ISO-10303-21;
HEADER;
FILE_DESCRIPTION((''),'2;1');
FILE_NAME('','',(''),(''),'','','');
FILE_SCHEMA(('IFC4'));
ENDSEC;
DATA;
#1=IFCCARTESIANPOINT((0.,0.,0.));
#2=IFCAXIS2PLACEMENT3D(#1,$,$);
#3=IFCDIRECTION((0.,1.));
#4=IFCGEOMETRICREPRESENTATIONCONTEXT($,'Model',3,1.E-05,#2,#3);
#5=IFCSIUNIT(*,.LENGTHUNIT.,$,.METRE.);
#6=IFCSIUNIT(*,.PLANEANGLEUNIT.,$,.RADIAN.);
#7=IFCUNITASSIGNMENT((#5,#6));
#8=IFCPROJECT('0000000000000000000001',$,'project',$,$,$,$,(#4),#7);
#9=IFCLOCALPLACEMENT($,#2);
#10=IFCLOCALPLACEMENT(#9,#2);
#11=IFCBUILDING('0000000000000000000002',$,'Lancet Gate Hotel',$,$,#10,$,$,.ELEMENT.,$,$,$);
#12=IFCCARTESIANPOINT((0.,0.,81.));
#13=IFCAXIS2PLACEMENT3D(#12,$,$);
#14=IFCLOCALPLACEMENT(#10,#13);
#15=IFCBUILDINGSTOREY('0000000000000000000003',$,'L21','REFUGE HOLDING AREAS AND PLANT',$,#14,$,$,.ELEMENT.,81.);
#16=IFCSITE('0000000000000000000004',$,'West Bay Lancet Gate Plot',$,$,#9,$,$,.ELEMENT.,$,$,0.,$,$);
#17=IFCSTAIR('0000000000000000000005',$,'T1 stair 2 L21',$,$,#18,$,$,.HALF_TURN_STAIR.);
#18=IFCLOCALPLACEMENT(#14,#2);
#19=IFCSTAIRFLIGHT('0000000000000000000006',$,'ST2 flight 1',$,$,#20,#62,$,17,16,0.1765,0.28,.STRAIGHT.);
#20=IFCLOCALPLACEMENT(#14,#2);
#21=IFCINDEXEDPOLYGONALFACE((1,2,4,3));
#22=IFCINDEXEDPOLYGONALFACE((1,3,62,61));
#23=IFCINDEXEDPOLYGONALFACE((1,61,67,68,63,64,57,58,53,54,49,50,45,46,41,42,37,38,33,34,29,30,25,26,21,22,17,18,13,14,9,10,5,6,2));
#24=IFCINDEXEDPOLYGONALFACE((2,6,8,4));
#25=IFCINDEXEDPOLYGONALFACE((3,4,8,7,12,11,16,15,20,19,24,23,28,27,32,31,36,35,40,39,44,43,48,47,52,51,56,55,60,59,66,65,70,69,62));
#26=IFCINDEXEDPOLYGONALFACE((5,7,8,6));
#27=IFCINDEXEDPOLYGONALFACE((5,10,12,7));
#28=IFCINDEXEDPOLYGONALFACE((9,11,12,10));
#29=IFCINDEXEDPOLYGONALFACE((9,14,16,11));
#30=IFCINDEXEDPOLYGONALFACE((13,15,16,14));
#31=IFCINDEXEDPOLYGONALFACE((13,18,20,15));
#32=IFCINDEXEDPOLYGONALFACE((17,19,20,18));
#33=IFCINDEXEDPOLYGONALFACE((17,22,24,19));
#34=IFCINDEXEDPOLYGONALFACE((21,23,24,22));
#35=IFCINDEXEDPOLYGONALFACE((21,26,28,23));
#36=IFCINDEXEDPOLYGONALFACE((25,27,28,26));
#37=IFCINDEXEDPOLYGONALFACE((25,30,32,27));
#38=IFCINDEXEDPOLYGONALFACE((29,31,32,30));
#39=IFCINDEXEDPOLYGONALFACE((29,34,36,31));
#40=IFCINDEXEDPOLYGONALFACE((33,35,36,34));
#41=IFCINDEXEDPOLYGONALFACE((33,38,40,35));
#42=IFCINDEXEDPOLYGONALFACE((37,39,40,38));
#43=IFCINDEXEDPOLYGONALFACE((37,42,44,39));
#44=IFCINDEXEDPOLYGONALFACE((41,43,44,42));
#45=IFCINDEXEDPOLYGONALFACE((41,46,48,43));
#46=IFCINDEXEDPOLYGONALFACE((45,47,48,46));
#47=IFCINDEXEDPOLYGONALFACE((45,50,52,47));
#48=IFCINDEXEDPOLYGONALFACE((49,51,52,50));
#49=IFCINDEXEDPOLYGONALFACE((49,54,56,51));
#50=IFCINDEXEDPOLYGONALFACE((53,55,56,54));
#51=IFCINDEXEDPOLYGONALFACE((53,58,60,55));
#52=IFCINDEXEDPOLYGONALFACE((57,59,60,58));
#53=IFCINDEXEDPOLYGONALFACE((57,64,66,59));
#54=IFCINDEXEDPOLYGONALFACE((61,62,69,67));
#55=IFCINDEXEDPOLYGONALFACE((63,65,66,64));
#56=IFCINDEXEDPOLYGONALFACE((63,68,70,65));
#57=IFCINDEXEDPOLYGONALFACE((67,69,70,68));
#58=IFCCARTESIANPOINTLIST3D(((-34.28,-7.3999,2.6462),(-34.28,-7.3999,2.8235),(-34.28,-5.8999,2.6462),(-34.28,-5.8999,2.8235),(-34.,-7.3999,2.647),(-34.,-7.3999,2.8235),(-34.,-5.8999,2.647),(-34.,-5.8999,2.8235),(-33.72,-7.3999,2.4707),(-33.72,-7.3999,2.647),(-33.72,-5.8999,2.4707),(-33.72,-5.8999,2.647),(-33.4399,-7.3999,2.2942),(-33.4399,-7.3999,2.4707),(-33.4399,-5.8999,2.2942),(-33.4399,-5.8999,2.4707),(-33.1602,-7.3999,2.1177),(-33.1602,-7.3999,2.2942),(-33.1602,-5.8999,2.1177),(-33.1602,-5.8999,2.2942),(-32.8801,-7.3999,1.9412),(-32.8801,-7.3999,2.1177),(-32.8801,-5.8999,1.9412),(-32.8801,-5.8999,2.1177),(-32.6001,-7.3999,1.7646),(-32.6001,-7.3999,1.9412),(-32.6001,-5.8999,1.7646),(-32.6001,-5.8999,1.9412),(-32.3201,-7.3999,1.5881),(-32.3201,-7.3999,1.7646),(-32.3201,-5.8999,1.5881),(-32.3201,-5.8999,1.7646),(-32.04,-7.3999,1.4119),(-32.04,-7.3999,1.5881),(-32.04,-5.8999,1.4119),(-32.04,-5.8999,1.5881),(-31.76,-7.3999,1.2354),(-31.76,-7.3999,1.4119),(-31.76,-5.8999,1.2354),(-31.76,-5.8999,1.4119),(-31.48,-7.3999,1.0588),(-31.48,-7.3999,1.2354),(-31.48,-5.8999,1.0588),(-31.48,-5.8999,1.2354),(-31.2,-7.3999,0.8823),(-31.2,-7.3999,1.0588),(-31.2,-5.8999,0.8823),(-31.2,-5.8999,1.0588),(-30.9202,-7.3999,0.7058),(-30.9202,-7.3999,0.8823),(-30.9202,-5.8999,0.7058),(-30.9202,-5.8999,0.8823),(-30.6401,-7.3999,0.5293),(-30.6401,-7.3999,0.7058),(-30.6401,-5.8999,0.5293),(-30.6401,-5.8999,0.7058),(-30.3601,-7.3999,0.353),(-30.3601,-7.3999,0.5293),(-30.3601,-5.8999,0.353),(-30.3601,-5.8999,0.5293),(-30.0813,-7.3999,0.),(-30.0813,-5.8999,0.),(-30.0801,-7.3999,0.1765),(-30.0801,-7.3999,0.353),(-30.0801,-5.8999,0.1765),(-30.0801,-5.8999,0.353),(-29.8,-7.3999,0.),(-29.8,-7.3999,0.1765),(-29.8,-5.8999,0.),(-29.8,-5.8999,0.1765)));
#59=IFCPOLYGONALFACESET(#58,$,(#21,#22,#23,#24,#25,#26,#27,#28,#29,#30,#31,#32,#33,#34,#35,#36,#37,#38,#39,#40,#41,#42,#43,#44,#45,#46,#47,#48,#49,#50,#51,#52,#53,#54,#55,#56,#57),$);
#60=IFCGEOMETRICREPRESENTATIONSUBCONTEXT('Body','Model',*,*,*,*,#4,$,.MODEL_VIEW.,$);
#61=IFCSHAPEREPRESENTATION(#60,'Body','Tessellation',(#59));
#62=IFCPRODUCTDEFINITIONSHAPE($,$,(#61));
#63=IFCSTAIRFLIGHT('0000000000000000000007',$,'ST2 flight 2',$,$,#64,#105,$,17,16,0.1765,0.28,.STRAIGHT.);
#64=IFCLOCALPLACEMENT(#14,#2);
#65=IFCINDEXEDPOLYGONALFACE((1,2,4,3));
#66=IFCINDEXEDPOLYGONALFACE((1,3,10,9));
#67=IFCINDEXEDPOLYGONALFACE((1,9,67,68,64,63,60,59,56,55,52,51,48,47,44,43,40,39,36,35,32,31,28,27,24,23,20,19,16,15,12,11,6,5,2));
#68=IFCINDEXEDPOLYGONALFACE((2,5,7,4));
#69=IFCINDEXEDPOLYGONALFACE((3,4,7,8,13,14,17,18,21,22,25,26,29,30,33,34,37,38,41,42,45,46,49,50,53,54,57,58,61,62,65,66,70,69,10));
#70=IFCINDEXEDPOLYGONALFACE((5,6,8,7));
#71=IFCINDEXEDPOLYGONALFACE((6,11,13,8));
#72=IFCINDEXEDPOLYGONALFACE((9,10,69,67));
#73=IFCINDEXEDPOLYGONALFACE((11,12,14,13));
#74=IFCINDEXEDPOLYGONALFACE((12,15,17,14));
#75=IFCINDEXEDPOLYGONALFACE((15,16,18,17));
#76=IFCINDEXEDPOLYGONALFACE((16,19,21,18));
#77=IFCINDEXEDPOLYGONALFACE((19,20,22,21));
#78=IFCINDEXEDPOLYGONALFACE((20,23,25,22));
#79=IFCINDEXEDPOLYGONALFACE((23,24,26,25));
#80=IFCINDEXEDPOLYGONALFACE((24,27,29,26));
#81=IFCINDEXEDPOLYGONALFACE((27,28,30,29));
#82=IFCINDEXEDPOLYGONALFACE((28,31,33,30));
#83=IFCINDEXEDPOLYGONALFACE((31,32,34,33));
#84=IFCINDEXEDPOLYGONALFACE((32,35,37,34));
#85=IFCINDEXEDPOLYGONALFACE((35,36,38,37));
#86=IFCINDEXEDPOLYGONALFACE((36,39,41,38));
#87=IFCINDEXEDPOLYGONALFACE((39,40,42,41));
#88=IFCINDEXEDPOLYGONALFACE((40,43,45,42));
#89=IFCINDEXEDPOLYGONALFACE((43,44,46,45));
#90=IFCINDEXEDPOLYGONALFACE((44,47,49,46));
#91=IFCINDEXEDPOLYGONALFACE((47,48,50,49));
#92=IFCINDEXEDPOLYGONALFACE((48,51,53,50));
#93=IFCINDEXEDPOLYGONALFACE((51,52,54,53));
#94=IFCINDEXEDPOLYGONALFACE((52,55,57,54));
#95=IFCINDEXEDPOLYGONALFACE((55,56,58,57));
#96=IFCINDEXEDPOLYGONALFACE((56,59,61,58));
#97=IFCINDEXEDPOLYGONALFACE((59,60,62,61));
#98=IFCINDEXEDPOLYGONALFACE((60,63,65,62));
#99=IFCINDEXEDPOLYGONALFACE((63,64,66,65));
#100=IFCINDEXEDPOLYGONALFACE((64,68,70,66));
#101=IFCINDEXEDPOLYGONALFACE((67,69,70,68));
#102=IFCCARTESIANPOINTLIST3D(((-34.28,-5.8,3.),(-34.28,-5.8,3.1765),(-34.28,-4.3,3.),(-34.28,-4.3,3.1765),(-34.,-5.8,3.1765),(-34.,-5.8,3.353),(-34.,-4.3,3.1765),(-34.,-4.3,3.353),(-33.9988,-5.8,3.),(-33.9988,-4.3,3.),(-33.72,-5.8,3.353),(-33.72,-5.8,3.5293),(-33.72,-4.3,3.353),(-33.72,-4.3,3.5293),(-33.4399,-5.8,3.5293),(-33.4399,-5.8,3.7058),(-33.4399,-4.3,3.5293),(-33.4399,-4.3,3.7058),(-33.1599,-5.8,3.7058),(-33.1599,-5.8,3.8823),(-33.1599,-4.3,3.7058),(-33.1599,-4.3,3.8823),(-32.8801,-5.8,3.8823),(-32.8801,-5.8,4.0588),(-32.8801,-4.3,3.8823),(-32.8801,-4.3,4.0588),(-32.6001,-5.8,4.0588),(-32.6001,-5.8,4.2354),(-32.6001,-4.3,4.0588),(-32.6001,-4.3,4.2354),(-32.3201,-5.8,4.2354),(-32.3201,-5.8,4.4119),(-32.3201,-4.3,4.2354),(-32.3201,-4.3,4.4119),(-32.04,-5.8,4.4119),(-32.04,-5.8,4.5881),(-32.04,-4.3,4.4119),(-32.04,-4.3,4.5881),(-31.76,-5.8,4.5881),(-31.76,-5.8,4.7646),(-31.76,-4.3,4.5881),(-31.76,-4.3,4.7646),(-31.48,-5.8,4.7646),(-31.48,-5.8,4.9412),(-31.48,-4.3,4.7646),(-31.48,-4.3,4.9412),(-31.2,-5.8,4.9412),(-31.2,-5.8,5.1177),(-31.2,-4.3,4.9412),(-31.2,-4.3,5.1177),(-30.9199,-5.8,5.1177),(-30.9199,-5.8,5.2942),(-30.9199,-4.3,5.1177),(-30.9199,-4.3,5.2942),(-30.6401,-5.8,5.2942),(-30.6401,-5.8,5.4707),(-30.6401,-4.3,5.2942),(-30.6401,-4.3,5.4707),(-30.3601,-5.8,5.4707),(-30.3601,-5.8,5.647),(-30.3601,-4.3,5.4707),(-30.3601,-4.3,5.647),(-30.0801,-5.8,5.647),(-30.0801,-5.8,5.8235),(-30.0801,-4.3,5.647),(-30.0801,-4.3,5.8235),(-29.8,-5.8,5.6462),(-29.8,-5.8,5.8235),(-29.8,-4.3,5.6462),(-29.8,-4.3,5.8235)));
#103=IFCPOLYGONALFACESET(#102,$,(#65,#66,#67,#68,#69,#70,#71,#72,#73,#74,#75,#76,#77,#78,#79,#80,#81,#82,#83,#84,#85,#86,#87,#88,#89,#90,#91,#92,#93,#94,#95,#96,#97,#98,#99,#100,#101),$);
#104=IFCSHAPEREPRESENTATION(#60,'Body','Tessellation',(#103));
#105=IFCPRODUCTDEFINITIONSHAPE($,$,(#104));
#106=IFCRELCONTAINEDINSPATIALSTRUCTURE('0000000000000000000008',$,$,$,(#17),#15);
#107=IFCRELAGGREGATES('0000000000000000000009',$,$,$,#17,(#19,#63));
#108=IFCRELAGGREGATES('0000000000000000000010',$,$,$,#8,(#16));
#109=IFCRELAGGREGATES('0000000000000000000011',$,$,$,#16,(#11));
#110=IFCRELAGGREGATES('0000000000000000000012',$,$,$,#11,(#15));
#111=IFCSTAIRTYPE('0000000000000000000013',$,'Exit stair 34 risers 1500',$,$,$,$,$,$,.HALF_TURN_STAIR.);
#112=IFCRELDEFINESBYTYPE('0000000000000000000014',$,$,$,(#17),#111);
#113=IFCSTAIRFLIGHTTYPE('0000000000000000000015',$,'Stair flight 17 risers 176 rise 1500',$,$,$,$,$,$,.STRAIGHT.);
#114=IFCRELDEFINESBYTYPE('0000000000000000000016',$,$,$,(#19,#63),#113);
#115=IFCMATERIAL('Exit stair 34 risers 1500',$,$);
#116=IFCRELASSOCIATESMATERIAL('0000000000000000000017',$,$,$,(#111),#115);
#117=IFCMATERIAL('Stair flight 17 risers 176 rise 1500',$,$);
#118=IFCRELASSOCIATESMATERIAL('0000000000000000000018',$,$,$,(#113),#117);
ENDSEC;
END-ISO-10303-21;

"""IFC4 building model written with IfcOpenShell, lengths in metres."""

from ifc_helpers import new_model, si_unit, direction, frame, origin, place, context, subcontext, project, spatial, polyline, outline, extrude, material, type_object, element, aggregate, save


model = new_model("IFC4")

# Units and contexts
model_context = context("Model", 3, precision=1e-05, world=origin(), true_north=direction((0.0, 1.0)))
body_context = subcontext(model_context, "Body", "Model", "MODEL_VIEW")
ifc_project = project(units=[si_unit("LENGTHUNIT", "METRE"), si_unit("PLANEANGLEUNIT", "RADIAN")], contexts=[model_context])

# Site, building, storey
site_placement = place(None, origin())
site = spatial("IfcSite", under=ifc_project, at=site_placement, Name="West Bay Lancet Gate Plot", CompositionType="ELEMENT", RefElevation=0.0)
building_placement = place(site_placement, origin())
building = spatial("IfcBuilding", under=site, at=building_placement, Name="Lancet Gate Hotel", CompositionType="ELEMENT")
storey_placement = place(building_placement, frame((0.0, 0.0, 81.0)))
storey = spatial("IfcBuildingStorey", under=building, at=storey_placement, Name="L21", Description="REFUGE HOLDING AREAS AND PLANT", CompositionType="ELEMENT", Elevation=81.0)

# Stair, stair flights
ifc_material_1 = material(Name="Exit stair 34 risers 1500")
stair_type = type_object("IfcStairType", Name="Exit stair 34 risers 1500", PredefinedType="HALF_TURN_STAIR", material=ifc_material_1)
stair_placement = place(storey_placement, origin())
stair = element("IfcStair", 1, at=stair_placement, inside=storey, type_object=stair_type, Name="T1 stair 2 L21", PredefinedType="HALF_TURN_STAIR")
ifc_material_2 = material(Name="Stair flight 17 risers 176 rise 1500")
stair_flight_type = type_object("IfcStairFlightType", Name="Stair flight 17 risers 176 rise 1500", PredefinedType="STRAIGHT", material=ifc_material_2)
stair_flight_1_placement = place(storey_placement, frame((-29.8, -6.6499, 0.0), z_axis=(0.0, 0.0, 1.0), x_axis=(-1.0, 0.0, 0.0)))
stair_flight_1 = element("IfcStairFlight", 2, at=stair_flight_1_placement, type_object=stair_flight_type, Name="ST2 flight 1", NumberOfRisers=17, NumberOfTreads=16, PredefinedType="STRAIGHT", RiserHeight=0.1765, TreadLength=0.28, context=body_context, shape_type="SweptSolid", body=[
    extrude(outline(polyline([(0.0, 0.0), (0.0, 0.1765), (0.28, 0.1765), (0.28, 0.353), (0.5601, 0.353), (0.5601, 0.5293), (0.8401, 0.5293), (0.8401, 0.7058), (1.1201, 0.7058), (1.1201, 0.8823), (1.3999, 0.8823), (1.3999, 1.0588), (1.6799, 1.0588), (1.6799, 1.2354), (1.96, 1.2354), (1.96, 1.4119), (2.24, 1.4119), (2.24, 1.5881), (2.52, 1.5881), (2.52, 1.7646), (2.8, 1.7646), (2.8, 1.9412), (3.0801, 1.9412), (3.0801, 2.1177), (3.3601, 2.1177), (3.3601, 2.2942), (3.6399, 2.2942), (3.6399, 2.4707), (3.9199, 2.4707), (3.9199, 2.647), (4.2, 2.647), (4.2, 2.8235), (4.48, 2.8235), (4.48, 3.0), (4.48, 2.6462), (0.2812, 0.0), (0.0, 0.0)])), frame((0.0, 0.75, 0.0), z_axis=(0.0, -1.0, 0.0), x_axis=(1.0, 0.0, 0.0)), (0.0, 0.0, 1.0), 1.5),
])
stair_flight_2_placement = place(storey_placement, frame((-34.28, -5.05, 3.0), z_axis=(0.0, 0.0, 1.0), x_axis=(1.0, 0.0, 0.0)))
stair_flight_2 = element("IfcStairFlight", 3, at=stair_flight_2_placement, type_object=stair_flight_type, Name="ST2 flight 2", NumberOfRisers=17, NumberOfTreads=16, PredefinedType="STRAIGHT", RiserHeight=0.1765, TreadLength=0.28, context=body_context, shape_type="SweptSolid", body=[
    extrude(outline(polyline([(0.0, 0.0), (0.0, 0.1765), (0.28, 0.1765), (0.28, 0.353), (0.5601, 0.353), (0.5601, 0.5293), (0.8401, 0.5293), (0.8401, 0.7058), (1.1201, 0.7058), (1.1201, 0.8823), (1.3999, 0.8823), (1.3999, 1.0588), (1.6799, 1.0588), (1.6799, 1.2354), (1.96, 1.2354), (1.96, 1.4119), (2.24, 1.4119), (2.24, 1.5881), (2.52, 1.5881), (2.52, 1.7646), (2.8, 1.7646), (2.8, 1.9412), (3.0801, 1.9412), (3.0801, 2.1177), (3.3601, 2.1177), (3.3601, 2.2942), (3.6399, 2.2942), (3.6399, 2.4707), (3.9199, 2.4707), (3.9199, 2.647), (4.2, 2.647), (4.2, 2.8235), (4.48, 2.8235), (4.48, 3.0), (4.48, 2.6462), (0.2812, 0.0), (0.0, 0.0)])), frame((0.0, 0.75, 0.0), z_axis=(0.0, -1.0, 0.0), x_axis=(1.0, 0.0, 0.0)), (0.0, 0.0, 1.0), 1.5),
])
aggregate(stair, [stair_flight_1, stair_flight_2])

save(model, "model.ifc")
